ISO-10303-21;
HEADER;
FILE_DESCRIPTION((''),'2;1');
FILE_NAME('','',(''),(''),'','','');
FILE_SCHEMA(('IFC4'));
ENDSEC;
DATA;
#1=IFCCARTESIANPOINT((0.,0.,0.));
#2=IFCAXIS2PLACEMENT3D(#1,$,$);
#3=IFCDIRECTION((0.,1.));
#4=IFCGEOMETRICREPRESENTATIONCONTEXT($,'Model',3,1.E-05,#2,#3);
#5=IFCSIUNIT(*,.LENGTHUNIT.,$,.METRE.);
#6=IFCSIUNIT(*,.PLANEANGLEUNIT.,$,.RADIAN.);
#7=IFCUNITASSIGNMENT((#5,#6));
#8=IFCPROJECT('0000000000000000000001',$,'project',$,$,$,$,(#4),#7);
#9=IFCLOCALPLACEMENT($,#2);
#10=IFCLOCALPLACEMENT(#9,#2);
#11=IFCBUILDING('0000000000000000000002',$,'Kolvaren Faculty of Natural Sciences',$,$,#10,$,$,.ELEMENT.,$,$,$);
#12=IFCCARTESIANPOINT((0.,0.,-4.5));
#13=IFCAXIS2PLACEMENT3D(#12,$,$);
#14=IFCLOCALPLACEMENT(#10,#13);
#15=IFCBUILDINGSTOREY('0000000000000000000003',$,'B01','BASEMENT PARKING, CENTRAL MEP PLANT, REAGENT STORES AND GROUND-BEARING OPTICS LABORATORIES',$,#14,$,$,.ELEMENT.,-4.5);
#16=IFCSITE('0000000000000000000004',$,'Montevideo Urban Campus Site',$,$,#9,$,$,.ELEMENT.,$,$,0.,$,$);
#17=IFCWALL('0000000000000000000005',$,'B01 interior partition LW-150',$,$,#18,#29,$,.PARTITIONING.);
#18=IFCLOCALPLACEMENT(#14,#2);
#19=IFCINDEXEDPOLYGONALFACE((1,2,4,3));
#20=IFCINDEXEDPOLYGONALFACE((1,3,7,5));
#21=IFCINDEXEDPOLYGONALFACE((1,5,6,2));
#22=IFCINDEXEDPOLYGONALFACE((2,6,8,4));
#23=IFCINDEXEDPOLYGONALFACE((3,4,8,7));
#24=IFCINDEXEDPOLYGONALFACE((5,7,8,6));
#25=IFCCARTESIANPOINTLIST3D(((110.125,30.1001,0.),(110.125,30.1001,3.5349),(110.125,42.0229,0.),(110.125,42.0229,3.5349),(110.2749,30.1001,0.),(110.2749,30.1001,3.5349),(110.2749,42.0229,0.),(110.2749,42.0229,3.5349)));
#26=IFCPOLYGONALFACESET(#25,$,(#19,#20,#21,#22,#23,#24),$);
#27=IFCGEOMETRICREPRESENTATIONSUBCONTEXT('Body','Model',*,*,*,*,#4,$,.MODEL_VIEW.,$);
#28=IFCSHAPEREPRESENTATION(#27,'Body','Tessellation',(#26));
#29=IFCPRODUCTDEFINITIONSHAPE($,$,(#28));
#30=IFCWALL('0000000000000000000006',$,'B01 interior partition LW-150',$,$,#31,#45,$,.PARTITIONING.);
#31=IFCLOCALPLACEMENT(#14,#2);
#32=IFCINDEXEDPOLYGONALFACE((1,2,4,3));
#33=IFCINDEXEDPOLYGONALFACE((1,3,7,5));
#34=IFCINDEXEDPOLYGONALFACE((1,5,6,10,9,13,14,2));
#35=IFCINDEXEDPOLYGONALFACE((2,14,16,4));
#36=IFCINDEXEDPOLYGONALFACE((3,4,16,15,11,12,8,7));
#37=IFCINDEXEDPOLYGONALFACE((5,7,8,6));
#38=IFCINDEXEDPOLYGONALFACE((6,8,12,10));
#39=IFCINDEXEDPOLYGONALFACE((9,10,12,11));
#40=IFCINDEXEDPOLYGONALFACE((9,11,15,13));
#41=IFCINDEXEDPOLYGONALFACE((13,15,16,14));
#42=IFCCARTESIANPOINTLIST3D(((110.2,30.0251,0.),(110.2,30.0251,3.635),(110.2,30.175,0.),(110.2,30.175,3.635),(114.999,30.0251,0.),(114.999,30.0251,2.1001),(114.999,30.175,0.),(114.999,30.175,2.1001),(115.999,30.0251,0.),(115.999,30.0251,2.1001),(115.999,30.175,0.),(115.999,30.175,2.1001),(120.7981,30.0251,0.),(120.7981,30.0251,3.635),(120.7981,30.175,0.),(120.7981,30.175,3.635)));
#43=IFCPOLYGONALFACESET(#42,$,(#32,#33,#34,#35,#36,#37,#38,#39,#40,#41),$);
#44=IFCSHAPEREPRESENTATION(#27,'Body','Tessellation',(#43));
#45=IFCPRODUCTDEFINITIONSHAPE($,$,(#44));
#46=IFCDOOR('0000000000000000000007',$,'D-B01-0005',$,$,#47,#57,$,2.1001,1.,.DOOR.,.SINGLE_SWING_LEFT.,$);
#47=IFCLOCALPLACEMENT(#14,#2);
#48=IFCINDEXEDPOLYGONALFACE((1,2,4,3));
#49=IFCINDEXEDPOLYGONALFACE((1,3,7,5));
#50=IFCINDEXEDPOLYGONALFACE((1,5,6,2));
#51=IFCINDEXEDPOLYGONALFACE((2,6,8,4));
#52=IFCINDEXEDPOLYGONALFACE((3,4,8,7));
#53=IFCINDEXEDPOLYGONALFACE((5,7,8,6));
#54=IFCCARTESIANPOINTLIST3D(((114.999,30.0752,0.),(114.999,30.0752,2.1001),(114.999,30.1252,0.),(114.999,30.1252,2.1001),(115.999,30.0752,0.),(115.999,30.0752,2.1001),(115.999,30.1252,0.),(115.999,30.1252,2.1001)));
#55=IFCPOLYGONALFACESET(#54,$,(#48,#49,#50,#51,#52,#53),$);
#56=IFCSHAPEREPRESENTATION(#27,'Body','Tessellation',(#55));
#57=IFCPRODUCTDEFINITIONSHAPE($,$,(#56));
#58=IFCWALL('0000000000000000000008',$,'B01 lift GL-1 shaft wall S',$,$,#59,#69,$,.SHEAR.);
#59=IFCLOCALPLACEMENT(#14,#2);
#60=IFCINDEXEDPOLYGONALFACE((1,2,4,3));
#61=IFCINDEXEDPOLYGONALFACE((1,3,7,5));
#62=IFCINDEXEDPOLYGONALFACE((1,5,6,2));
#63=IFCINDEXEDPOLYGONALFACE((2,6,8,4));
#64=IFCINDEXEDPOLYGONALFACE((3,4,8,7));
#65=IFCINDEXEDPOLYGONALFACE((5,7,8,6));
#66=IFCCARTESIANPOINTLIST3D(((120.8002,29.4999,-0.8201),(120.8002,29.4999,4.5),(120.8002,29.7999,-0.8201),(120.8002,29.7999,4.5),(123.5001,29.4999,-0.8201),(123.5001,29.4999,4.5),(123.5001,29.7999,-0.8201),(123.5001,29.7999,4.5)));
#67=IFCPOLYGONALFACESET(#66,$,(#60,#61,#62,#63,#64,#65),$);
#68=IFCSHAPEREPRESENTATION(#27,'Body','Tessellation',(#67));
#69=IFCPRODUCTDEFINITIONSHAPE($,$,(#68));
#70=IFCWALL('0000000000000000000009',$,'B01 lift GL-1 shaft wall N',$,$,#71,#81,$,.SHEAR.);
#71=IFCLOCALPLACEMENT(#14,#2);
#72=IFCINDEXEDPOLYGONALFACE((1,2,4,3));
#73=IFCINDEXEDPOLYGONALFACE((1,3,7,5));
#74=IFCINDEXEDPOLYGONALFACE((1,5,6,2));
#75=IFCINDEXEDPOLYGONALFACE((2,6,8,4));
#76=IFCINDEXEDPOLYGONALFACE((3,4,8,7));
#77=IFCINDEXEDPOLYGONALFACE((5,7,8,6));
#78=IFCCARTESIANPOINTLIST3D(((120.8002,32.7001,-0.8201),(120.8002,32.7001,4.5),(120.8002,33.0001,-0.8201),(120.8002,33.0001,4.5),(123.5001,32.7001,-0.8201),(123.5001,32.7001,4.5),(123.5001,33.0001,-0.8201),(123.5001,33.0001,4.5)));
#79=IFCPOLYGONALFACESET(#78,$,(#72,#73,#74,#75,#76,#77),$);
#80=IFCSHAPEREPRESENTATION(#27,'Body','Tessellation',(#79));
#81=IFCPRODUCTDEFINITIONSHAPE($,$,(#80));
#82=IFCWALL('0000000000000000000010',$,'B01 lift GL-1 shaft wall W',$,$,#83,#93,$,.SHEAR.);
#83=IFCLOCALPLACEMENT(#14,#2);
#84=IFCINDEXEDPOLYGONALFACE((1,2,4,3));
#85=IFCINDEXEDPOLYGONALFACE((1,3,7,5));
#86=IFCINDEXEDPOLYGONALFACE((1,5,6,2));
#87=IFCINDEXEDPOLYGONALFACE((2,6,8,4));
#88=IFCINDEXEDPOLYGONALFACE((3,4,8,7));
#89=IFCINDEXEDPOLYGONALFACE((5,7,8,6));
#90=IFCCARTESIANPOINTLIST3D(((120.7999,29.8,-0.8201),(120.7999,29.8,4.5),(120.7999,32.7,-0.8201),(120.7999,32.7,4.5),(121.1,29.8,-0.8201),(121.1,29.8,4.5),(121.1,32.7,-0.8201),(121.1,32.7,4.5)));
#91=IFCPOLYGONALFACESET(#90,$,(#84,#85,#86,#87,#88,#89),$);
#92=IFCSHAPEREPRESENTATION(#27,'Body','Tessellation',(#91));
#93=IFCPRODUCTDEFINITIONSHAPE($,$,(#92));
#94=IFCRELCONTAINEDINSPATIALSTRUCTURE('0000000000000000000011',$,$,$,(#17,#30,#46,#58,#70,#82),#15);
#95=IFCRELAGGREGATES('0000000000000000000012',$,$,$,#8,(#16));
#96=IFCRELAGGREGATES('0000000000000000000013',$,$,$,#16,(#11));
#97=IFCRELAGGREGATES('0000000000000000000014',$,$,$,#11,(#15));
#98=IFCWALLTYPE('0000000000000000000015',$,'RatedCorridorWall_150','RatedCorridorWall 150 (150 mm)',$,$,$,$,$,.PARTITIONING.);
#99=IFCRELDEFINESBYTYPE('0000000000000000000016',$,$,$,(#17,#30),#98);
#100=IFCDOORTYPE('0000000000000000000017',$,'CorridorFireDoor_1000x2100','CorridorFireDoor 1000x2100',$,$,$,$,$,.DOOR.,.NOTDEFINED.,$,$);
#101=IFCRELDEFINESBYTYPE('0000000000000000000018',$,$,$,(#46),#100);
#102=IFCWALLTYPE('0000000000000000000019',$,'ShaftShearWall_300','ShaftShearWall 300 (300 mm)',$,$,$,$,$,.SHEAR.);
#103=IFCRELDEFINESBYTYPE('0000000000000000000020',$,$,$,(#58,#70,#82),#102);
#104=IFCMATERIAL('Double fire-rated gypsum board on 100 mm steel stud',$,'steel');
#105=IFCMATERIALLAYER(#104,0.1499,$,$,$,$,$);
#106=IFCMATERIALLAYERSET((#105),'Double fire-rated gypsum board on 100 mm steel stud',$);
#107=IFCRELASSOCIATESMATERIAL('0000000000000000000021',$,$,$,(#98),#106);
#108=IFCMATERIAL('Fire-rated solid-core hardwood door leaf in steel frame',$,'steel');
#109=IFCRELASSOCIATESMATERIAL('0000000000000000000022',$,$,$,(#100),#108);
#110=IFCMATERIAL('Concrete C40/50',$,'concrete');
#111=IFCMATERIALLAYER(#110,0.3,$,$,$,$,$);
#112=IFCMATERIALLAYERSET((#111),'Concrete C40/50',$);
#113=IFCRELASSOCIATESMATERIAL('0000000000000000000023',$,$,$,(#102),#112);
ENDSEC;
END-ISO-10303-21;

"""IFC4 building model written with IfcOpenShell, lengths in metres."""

from ifc_helpers import new_model, si_unit, direction, frame, frame_2d, origin, place, context, subcontext, project, spatial, rectangle, extrude, material, layer, layer_set, type_object, element, fill, save


model = new_model("IFC4")

# Units and contexts
model_context = context("Model", 3, precision=1e-05, world=origin(), true_north=direction((0.0, 1.0)))
body_context = subcontext(model_context, "Body", "Model", "MODEL_VIEW")
ifc_project = project(units=[si_unit("LENGTHUNIT", "METRE"), si_unit("PLANEANGLEUNIT", "RADIAN")], contexts=[model_context])

# Site, building, storey
site_placement = place(None, origin())
site = spatial("IfcSite", under=ifc_project, at=site_placement, Name="Montevideo Urban Campus Site", CompositionType="ELEMENT", RefElevation=0.0)
building_placement = place(site_placement, origin())
building = spatial("IfcBuilding", under=site, at=building_placement, Name="Kolvaren Faculty of Natural Sciences", CompositionType="ELEMENT")
storey_placement = place(building_placement, frame((0.0, 0.0, -4.5)))
storey = spatial("IfcBuildingStorey", under=building, at=storey_placement, Name="B01", Description="BASEMENT PARKING, CENTRAL MEP PLANT, REAGENT STORES AND GROUND-BEARING OPTICS LABORATORIES", CompositionType="ELEMENT", Elevation=-4.5)

# Shared definitions
ifc_material_1 = material(Name="Concrete C40/50", Category="concrete")

# Wall
ifc_material_2 = material(Name="Double fire-rated gypsum board on 100 mm steel stud", Category="steel")
ifc_layer_1 = layer(ifc_material_2, 0.1499)
ifc_layer_set_1 = layer_set([ifc_layer_1], Name="Double fire-rated gypsum board on 100 mm steel stud")
wall_type_1 = type_object("IfcWallType", Name="RatedCorridorWall_150", Description="RatedCorridorWall 150 (150 mm)", PredefinedType="PARTITIONING", material=ifc_layer_set_1)
wall_1_placement = place(storey_placement, frame((110.2, 30.1001, 0.0), z_axis=(0.0, 0.0, 1.0), x_axis=(0.0, 1.0, 0.0)))
element("IfcWall", 1, at=wall_1_placement, inside=storey, type_object=wall_type_1, Name="B01 interior partition LW-150", PredefinedType="PARTITIONING", context=body_context, shape_type="SweptSolid", body=[
    extrude(rectangle(XDim=11.9229, YDim=0.1499, at=frame_2d((5.9614, 0.0))), origin(), (0.0, 0.0, 1.0), 3.5349),
])

# Wall, opening, door
wall_2_placement = place(storey_placement, frame((120.7981, 30.1001, 0.0), z_axis=(0.0, 0.0, 1.0), x_axis=(-1.0, 0.0, 0.0)))
wall_2 = element("IfcWall", 2, at=wall_2_placement, inside=storey, type_object=wall_type_1, Name="B01 interior partition LW-150", PredefinedType="PARTITIONING", context=body_context, shape_type="SweptSolid", body=[
    extrude(rectangle(XDim=10.5981, YDim=0.1499, at=frame_2d((5.2991, 0.0))), origin(), (0.0, 0.0, 1.0), 3.635),
])
opening_1_placement = place(wall_2_placement, frame((4.7991, 0.0, 0.0)))
opening_1 = element("IfcOpeningElement", 3, at=opening_1_placement, cuts=wall_2, PredefinedType="OPENING", context=body_context, shape_type="SweptSolid", body=[
    extrude(rectangle(XDim=1.0, YDim=2.1001, at=frame_2d((0.5, 1.05))), frame((0.0, 0.085, 0.0), z_axis=(0.0, -1.0, 0.0), x_axis=(1.0, 0.0, 0.0)), (0.0, 0.0, 1.0), 0.1699),
])
ifc_material_3 = material(Name="Fire-rated solid-core hardwood door leaf in steel frame", Category="steel")
door_type_1 = type_object("IfcDoorType", Name="CorridorFireDoor_1000x2100", Description="CorridorFireDoor 1000x2100", OperationType="NOTDEFINED", PredefinedType="DOOR", material=ifc_material_3)
door_1_placement = place(opening_1_placement, origin())
door_1 = element("IfcDoor", 4, at=door_1_placement, inside=storey, type_object=door_type_1, Name="D-B01-0005", OperationType="SINGLE_SWING_LEFT", OverallHeight=2.1001, OverallWidth=1.0, PredefinedType="DOOR", context=body_context, shape_type="SweptSolid", body=[
    extrude(rectangle(XDim=1.0, YDim=2.1001, at=frame_2d((0.5, 1.05))), frame((0.0, 0.0249, 0.0), z_axis=(0.0, -1.0, 0.0), x_axis=(1.0, 0.0, 0.0)), (0.0, 0.0, 1.0), 0.05),
])
fill(opening_1, door_1)

# Walls
ifc_layer_2 = layer(ifc_material_1, 0.3)
ifc_layer_set_2 = layer_set([ifc_layer_2], Name="Concrete C40/50")
wall_type_2 = type_object("IfcWallType", Name="ShaftShearWall_300", Description="ShaftShearWall 300 (300 mm)", PredefinedType="SHEAR", material=ifc_layer_set_2)
for number, where, z_axis, x_axis, name in (
    (5, (120.8, 29.6499, -0.8201), (0.0, 0.0, 1.0), (1.0, 0.0, 0.0), "B01 lift GL-1 shaft wall S"),
    (6, (120.8, 32.8501, -0.8201), (0.0, 0.0, 1.0), (1.0, 0.0, 0.0), "B01 lift GL-1 shaft wall N"),
):
    element("IfcWall", number, at=place(storey_placement, frame(where, z_axis=z_axis, x_axis=x_axis)), inside=storey, type_object=wall_type_2, Name=name, PredefinedType="SHEAR", context=body_context, shape_type="SweptSolid", body=[
        extrude(rectangle(XDim=2.7, YDim=0.3, at=frame_2d((1.3501, 0.0))), origin(), (0.0, 0.0, 1.0), 5.3201),
    ])
wall_3_placement = place(storey_placement, frame((120.95, 29.8, -0.8201), z_axis=(0.0, 0.0, 1.0), x_axis=(0.0, 1.0, 0.0)))
element("IfcWall", 7, at=wall_3_placement, inside=storey, type_object=wall_type_2, Name="B01 lift GL-1 shaft wall W", PredefinedType="SHEAR", context=body_context, shape_type="SweptSolid", body=[
    extrude(rectangle(XDim=2.8999, YDim=0.3, at=frame_2d((1.45, 0.0))), origin(), (0.0, 0.0, 1.0), 5.3201),
])

save(model, "model.ifc")
